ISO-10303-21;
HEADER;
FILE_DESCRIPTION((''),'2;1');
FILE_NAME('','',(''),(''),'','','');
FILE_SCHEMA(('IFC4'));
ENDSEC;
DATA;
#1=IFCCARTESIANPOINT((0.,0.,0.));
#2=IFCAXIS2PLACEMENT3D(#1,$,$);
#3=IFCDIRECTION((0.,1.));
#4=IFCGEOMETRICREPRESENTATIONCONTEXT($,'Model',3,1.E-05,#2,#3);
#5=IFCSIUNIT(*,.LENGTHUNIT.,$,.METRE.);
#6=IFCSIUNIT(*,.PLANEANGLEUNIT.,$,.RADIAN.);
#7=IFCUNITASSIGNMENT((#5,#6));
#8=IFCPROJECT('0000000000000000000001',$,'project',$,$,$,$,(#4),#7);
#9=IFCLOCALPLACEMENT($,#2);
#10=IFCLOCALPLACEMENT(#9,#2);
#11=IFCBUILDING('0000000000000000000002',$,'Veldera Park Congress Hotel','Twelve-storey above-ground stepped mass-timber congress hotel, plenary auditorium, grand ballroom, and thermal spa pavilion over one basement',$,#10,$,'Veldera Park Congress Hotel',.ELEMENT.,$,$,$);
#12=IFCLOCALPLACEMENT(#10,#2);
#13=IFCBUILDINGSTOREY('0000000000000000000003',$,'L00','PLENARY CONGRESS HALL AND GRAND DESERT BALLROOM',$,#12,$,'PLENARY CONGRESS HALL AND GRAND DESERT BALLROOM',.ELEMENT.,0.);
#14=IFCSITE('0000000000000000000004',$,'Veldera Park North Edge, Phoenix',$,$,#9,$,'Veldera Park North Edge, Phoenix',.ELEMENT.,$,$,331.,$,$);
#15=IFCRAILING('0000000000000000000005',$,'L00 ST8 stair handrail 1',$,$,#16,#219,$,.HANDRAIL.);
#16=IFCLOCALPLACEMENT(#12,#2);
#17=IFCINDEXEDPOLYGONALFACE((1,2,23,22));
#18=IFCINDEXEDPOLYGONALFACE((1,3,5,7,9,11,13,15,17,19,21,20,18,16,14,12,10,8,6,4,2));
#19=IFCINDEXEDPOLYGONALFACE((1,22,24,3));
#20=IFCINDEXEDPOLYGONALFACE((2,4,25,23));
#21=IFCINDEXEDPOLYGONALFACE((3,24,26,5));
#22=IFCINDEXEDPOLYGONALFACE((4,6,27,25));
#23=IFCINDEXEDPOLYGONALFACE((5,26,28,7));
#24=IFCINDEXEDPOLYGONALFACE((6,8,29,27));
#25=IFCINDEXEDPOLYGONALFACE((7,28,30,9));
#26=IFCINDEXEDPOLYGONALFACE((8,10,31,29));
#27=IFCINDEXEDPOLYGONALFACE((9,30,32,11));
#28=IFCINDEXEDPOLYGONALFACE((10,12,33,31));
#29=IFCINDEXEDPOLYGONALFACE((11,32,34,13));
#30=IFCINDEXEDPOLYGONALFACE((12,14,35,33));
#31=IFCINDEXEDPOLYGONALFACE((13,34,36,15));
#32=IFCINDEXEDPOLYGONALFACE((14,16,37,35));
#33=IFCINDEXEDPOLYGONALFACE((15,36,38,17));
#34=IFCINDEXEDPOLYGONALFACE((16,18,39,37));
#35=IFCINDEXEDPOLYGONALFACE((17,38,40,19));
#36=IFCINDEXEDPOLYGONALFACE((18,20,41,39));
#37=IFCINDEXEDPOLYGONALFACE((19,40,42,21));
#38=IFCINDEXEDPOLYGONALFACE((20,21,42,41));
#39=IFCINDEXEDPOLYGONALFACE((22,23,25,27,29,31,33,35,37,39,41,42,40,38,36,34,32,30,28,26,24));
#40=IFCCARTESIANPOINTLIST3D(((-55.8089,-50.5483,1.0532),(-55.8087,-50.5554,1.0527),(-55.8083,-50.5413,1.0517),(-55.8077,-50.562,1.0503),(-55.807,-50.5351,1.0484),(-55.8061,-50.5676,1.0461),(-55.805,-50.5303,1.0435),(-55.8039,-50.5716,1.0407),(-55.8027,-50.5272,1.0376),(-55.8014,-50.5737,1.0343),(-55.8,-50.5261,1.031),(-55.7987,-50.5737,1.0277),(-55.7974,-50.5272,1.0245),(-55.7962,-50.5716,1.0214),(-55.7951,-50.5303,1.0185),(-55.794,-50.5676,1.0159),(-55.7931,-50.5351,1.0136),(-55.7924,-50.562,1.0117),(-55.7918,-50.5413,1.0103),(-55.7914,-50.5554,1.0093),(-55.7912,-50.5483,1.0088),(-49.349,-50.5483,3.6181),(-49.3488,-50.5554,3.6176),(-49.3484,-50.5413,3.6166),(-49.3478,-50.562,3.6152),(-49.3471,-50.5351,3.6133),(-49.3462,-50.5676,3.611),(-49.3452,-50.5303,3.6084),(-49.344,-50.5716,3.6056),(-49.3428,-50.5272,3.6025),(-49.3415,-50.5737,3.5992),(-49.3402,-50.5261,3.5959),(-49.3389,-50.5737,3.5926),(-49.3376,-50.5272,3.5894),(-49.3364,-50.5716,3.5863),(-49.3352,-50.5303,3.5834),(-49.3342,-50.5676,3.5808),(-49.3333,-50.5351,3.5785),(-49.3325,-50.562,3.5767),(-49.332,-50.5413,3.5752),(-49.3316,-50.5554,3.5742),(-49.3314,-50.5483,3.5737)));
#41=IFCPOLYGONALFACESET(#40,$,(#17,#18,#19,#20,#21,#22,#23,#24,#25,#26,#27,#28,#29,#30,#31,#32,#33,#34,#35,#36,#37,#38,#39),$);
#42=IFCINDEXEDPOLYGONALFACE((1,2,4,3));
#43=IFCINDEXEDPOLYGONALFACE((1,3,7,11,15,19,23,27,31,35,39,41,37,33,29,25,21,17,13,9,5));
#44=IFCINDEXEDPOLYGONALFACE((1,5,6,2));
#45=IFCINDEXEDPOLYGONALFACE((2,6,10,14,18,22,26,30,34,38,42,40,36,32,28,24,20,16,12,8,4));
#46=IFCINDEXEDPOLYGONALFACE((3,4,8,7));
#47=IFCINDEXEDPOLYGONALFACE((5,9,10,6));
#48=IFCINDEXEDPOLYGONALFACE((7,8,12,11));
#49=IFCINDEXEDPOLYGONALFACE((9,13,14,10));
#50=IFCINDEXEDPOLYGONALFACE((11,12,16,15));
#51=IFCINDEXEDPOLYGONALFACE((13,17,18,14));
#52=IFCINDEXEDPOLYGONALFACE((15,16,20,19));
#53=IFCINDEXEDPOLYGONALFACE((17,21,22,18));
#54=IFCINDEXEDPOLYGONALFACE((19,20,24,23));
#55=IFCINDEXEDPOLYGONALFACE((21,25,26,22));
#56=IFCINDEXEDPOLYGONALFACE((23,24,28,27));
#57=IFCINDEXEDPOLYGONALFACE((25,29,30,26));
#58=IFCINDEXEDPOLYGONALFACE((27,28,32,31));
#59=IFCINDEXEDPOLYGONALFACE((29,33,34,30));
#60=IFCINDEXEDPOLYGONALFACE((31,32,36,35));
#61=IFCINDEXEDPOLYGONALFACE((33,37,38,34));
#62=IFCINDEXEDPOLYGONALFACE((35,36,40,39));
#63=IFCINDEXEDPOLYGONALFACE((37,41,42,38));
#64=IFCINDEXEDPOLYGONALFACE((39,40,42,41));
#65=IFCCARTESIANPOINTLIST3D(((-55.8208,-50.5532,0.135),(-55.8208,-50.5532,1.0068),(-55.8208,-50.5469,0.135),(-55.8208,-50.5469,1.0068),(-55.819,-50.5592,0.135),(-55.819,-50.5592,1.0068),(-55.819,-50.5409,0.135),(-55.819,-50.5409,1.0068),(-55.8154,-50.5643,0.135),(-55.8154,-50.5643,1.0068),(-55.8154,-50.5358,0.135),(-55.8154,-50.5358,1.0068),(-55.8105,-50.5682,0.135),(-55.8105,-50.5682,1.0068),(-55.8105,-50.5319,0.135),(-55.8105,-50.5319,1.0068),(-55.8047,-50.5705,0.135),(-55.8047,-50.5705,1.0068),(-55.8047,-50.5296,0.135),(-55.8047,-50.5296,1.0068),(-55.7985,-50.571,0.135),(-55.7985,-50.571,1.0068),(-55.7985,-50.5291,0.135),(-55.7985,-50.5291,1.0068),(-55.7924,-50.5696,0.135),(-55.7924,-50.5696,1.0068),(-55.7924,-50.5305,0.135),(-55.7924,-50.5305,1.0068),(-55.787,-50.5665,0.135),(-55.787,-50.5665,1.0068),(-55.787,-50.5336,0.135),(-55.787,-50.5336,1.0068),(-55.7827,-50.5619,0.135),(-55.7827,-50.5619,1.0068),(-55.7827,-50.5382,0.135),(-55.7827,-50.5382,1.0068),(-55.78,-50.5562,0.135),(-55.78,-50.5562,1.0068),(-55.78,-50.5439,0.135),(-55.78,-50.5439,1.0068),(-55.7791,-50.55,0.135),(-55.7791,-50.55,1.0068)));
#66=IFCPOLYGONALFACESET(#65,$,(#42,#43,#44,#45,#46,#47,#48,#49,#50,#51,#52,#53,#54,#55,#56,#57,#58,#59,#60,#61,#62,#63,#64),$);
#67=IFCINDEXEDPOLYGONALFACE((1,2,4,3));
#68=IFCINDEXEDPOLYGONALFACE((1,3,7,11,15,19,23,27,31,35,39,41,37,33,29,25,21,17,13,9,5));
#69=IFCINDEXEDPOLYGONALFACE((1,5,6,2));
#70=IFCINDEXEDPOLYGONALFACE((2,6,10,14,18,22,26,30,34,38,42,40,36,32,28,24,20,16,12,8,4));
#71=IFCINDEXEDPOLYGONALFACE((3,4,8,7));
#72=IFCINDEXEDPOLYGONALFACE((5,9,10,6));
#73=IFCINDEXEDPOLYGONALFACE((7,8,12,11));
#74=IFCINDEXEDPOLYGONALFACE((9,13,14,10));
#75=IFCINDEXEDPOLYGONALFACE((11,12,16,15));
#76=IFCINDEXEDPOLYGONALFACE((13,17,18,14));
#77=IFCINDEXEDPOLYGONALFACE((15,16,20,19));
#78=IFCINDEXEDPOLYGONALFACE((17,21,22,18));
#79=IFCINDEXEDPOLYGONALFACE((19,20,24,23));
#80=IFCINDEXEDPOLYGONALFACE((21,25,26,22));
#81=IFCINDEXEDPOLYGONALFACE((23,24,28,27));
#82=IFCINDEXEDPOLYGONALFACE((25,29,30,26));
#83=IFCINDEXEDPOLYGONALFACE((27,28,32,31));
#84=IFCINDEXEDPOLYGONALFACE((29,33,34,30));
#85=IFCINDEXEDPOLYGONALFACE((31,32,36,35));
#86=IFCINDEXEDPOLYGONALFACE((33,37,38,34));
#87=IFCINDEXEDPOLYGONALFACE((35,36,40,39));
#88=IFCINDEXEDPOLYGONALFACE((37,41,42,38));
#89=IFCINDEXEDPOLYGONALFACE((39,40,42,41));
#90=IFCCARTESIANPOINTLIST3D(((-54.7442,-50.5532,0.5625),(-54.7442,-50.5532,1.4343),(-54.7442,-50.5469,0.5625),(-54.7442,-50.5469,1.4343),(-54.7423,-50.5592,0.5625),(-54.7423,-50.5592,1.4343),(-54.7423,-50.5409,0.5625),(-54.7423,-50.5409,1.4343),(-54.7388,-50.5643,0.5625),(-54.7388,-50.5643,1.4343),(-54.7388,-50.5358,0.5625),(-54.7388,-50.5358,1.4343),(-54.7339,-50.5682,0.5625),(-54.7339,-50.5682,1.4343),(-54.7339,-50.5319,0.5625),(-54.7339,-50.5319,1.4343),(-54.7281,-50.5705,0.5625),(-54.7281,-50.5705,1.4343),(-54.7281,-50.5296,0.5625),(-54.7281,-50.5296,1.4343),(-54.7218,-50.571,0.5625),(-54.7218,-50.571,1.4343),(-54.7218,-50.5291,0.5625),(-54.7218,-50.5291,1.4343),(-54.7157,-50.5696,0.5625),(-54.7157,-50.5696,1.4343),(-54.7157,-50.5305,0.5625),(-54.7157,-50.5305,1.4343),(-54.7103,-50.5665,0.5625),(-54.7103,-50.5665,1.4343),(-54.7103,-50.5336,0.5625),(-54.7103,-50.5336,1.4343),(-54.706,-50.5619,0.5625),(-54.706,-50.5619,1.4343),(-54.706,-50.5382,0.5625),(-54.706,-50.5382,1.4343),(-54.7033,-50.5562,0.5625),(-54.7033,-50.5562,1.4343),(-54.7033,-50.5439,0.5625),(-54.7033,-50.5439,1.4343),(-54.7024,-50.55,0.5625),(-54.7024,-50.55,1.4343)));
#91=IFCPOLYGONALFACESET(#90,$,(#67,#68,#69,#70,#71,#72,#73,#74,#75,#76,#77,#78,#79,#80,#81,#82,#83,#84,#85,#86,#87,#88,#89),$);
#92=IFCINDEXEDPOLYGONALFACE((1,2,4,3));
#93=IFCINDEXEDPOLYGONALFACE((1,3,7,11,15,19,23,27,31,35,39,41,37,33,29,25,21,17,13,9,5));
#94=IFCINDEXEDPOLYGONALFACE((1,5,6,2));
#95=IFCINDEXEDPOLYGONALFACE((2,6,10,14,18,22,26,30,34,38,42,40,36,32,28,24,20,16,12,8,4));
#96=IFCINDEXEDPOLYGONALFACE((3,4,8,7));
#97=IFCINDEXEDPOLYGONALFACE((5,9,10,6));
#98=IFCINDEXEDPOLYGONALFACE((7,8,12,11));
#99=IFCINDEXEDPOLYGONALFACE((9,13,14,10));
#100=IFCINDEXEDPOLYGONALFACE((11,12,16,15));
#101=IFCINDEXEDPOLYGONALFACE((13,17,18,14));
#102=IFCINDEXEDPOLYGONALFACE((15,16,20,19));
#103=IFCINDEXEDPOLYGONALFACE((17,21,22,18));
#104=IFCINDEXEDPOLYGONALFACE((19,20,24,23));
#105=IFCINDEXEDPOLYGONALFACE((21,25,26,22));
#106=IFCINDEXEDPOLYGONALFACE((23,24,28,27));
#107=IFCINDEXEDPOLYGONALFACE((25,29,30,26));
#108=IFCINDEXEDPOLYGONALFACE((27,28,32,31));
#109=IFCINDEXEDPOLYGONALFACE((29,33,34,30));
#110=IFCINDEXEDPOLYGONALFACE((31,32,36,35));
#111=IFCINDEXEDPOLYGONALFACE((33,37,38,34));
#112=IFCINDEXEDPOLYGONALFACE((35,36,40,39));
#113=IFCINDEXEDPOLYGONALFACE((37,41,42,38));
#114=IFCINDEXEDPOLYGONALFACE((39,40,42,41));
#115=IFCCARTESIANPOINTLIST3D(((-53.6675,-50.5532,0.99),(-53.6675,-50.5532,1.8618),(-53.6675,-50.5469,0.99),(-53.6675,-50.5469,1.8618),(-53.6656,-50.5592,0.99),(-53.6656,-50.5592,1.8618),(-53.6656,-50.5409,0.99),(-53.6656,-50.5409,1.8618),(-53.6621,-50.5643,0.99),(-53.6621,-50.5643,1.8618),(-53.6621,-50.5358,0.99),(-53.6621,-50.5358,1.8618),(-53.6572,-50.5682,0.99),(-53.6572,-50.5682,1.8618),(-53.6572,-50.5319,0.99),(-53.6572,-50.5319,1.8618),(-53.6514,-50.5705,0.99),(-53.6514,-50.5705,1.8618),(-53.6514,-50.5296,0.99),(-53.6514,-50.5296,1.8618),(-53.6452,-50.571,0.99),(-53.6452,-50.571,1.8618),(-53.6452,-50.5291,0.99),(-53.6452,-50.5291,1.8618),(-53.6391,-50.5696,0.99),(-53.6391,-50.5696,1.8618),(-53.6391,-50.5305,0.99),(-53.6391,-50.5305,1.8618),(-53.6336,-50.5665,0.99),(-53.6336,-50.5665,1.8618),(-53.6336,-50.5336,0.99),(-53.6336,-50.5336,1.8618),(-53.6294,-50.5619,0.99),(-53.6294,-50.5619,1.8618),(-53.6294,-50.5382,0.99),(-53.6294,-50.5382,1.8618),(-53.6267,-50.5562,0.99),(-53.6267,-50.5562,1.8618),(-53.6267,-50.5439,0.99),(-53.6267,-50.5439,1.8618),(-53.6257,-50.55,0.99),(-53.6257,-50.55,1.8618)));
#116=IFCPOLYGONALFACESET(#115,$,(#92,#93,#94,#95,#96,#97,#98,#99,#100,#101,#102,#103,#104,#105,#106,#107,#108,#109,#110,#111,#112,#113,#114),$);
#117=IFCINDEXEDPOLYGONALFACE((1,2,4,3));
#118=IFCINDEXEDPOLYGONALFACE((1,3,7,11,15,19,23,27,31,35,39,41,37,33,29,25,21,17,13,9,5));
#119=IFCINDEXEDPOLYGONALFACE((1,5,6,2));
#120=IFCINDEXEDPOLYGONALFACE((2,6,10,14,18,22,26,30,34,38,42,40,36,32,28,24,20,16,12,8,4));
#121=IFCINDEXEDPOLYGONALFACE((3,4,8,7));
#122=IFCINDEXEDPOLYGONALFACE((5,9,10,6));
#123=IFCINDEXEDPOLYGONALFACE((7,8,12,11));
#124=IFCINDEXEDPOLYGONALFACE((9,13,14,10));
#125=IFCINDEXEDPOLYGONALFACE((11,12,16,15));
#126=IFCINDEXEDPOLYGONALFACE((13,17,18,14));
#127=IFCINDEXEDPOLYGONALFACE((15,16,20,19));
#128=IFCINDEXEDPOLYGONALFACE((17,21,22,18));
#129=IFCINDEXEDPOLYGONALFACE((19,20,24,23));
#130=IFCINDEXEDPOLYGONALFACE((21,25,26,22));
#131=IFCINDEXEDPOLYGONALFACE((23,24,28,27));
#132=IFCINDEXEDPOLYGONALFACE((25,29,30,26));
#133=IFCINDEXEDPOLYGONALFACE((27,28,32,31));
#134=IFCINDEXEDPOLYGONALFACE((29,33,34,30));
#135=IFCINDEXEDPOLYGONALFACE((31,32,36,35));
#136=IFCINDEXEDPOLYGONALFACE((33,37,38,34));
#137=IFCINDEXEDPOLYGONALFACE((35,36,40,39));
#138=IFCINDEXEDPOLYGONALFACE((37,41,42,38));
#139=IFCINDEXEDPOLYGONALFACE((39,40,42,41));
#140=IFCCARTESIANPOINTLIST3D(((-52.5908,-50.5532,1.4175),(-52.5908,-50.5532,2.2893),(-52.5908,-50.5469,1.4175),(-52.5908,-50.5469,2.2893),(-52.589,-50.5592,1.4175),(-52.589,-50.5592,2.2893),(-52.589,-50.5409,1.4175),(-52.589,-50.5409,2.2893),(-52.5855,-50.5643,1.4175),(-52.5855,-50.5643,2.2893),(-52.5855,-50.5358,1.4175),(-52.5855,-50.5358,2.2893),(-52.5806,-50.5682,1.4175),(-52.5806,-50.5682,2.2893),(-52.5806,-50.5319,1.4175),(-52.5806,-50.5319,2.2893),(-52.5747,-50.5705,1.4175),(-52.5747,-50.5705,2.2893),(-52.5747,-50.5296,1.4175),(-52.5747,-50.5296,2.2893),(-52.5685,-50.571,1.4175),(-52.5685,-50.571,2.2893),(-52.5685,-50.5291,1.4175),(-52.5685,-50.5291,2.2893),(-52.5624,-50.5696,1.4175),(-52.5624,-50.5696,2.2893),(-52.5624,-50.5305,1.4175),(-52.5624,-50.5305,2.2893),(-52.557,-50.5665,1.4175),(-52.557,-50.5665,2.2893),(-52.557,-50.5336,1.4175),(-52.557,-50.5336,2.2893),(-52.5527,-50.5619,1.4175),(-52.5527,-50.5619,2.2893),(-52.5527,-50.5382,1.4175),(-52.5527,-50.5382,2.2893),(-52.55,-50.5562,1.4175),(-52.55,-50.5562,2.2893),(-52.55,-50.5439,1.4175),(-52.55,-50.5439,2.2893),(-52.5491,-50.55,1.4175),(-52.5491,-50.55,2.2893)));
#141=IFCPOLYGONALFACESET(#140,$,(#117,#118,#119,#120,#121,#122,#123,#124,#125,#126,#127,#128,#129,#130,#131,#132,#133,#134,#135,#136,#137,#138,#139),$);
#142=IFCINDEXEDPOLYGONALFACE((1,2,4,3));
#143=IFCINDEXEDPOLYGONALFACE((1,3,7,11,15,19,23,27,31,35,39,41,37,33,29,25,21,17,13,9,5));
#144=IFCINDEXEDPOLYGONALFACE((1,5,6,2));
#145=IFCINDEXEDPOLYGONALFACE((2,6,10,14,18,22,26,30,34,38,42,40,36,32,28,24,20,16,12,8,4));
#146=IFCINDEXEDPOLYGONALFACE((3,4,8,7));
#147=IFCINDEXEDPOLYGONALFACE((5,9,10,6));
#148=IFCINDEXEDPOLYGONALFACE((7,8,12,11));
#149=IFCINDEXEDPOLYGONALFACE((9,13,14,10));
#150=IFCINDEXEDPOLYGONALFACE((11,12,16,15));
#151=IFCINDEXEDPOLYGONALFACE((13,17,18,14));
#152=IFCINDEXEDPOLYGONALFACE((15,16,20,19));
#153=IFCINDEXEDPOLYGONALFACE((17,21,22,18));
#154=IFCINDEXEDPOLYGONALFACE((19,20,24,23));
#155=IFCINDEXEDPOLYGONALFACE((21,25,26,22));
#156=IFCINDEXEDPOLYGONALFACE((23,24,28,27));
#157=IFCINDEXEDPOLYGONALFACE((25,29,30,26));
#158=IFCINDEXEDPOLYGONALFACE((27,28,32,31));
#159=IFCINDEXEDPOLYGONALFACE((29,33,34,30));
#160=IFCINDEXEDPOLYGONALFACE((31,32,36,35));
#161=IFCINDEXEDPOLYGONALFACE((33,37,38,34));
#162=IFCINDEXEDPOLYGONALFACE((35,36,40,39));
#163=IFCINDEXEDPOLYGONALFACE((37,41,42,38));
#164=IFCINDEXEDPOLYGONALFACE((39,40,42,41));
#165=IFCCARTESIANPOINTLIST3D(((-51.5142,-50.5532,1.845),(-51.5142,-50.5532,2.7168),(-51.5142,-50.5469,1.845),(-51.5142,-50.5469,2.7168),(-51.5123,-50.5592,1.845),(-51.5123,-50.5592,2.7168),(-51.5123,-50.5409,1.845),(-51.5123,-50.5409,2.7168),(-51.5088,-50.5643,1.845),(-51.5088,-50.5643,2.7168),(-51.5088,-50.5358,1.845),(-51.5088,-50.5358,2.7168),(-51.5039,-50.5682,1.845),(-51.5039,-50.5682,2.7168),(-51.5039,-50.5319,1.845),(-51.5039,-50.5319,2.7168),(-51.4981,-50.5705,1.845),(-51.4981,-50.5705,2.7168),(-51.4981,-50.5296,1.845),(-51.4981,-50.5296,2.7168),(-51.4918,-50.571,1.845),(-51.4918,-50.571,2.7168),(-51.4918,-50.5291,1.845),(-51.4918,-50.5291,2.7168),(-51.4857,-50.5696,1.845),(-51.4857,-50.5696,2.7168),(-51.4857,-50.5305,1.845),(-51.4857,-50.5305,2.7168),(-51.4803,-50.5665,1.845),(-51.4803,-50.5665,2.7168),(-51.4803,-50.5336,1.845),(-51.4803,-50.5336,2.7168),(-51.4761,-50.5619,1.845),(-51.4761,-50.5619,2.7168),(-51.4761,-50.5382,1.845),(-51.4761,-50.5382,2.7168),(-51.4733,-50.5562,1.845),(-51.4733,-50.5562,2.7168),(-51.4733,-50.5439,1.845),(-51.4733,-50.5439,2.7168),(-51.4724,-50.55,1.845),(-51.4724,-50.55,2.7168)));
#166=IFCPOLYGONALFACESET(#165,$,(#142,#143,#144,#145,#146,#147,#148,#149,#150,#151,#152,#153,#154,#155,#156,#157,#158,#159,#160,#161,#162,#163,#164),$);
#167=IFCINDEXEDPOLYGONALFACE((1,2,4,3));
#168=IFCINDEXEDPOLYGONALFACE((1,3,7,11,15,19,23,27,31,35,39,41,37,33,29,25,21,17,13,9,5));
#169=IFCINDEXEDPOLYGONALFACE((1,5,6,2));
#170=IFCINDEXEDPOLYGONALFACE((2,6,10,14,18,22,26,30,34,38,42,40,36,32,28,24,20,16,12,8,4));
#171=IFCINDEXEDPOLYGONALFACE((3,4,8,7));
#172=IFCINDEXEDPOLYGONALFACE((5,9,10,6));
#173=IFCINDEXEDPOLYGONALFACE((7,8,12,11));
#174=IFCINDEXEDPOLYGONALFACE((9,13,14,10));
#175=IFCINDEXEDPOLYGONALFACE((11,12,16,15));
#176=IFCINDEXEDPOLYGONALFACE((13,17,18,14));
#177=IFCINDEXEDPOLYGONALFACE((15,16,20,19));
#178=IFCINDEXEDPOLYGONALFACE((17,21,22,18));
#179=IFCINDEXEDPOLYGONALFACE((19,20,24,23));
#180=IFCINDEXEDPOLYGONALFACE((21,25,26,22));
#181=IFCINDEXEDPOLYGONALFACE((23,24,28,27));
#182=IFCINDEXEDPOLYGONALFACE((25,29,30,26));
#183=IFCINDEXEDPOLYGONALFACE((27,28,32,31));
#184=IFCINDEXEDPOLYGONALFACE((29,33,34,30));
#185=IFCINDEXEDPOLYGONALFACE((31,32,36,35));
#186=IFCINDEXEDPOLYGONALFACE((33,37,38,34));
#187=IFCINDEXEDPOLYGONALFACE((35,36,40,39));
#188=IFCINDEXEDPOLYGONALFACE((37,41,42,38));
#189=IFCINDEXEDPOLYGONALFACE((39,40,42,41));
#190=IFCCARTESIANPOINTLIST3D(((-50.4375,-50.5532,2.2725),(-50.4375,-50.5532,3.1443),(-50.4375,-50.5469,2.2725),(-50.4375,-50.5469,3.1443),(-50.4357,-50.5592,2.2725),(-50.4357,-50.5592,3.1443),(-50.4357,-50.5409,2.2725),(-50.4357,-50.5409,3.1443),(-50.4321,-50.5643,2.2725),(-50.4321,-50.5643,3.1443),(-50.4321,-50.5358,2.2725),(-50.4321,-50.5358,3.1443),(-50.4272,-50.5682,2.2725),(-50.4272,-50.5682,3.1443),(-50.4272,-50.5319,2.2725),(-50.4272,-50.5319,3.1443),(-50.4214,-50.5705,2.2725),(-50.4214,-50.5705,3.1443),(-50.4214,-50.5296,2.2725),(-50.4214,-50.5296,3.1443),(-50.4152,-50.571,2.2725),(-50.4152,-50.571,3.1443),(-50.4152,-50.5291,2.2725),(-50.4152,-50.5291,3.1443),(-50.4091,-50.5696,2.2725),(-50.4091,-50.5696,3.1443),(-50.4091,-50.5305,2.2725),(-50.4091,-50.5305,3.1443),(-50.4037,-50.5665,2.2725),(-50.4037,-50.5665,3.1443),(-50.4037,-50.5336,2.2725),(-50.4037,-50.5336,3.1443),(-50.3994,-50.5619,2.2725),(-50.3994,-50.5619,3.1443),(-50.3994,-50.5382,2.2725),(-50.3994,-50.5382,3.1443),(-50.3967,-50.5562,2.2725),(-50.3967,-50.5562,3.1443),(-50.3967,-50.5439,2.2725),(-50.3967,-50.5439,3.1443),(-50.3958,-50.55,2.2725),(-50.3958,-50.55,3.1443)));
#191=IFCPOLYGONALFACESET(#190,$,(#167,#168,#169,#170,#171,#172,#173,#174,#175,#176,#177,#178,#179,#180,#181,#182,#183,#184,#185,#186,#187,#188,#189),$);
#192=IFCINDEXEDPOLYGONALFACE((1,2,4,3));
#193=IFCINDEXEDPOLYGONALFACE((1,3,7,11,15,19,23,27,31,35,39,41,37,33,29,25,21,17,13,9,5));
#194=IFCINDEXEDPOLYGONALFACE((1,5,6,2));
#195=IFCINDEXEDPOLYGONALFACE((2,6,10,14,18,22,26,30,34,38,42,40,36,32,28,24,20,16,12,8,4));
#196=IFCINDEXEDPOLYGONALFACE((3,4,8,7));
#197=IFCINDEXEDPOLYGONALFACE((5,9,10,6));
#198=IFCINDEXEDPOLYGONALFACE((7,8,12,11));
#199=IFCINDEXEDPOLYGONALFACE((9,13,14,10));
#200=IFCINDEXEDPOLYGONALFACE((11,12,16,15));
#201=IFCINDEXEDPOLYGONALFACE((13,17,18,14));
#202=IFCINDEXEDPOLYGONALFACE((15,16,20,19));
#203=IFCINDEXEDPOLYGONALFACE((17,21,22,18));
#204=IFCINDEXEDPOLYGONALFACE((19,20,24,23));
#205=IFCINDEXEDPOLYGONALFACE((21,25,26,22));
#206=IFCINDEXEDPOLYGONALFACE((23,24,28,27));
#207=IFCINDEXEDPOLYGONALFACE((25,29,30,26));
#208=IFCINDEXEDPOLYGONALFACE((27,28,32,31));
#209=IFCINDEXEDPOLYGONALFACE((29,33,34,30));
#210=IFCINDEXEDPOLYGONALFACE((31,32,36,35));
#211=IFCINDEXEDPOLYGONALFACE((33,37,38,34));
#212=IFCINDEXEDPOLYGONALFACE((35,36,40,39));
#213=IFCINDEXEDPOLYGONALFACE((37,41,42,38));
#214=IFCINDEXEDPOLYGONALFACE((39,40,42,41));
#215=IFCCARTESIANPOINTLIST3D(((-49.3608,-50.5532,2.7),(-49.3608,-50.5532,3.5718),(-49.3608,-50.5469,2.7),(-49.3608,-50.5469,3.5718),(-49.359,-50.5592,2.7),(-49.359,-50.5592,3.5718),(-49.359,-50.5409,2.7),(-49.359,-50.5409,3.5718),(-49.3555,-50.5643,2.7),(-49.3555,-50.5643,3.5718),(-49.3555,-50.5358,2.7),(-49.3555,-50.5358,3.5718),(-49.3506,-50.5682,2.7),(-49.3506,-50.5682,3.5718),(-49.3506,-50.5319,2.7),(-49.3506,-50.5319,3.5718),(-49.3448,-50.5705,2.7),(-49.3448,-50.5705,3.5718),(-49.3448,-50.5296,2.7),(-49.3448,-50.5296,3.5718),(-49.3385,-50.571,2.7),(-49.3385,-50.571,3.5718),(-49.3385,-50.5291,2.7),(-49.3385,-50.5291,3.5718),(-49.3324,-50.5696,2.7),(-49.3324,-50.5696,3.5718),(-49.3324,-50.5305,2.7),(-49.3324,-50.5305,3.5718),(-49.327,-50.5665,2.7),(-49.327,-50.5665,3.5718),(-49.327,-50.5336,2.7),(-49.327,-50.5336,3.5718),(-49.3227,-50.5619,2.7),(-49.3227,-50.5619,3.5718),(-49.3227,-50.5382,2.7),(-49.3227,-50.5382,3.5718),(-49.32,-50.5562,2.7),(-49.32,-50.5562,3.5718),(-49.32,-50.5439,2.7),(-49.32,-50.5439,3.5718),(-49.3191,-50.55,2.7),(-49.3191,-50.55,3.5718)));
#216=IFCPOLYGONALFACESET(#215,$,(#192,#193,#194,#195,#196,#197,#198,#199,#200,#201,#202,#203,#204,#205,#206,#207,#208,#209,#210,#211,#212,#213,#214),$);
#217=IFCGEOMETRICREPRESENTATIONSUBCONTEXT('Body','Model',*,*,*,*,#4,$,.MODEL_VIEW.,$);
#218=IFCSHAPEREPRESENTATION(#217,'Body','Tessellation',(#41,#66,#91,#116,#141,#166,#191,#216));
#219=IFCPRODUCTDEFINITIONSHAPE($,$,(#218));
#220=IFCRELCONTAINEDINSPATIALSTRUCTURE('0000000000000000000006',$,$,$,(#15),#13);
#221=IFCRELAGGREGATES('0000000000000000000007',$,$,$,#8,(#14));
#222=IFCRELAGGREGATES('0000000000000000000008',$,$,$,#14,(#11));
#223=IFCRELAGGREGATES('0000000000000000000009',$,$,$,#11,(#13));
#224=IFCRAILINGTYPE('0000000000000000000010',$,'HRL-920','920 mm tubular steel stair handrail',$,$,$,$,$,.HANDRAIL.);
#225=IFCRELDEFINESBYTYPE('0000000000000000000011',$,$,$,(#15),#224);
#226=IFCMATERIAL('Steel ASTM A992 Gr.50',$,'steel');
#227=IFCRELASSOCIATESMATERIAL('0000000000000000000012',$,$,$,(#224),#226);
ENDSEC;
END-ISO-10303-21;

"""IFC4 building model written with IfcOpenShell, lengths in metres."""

from ifc_helpers import new_model, si_unit, direction, frame, origin, origin_2d, place, context, subcontext, project, spatial, circle, extrude, material, type_object, element, save


model = new_model("IFC4")

# Units and contexts
model_context = context("Model", 3, precision=1e-05, world=origin(), true_north=direction((0.0, 1.0)))
body_context = subcontext(model_context, "Body", "Model", "MODEL_VIEW")
ifc_project = project(units=[si_unit("LENGTHUNIT", "METRE"), si_unit("PLANEANGLEUNIT", "RADIAN")], contexts=[model_context])

# Site, building, storey
site_placement = place(None, origin())
site = spatial("IfcSite", under=ifc_project, at=site_placement, Name="Veldera Park North Edge, Phoenix", LongName="Veldera Park North Edge, Phoenix", CompositionType="ELEMENT", RefElevation=331.0)
building_placement = place(site_placement, origin())
building = spatial("IfcBuilding", under=site, at=building_placement, Name="Veldera Park Congress Hotel", Description="Twelve-storey above-ground stepped mass-timber congress hotel, plenary auditorium, grand ballroom, and thermal spa pavilion over one basement", LongName="Veldera Park Congress Hotel", CompositionType="ELEMENT")
storey_placement = place(building_placement, origin())
storey = spatial("IfcBuildingStorey", under=building, at=storey_placement, Name="L00", Description="PLENARY CONGRESS HALL AND GRAND DESERT BALLROOM", LongName="PLENARY CONGRESS HALL AND GRAND DESERT BALLROOM", CompositionType="ELEMENT", Elevation=0.0)

# Railing
ifc_material_1 = material(Name="Steel ASTM A992 Gr.50", Category="steel")
railing_type_1 = type_object("IfcRailingType", Name="HRL-920", Description="920 mm tubular steel stair handrail", PredefinedType="HANDRAIL", material=ifc_material_1)
railing_1_placement = place(storey_placement, frame((-55.8, -50.55, 0.135)))
element("IfcRailing", 1, at=railing_1_placement, inside=storey, type_object=railing_type_1, Name="L00 ST8 stair handrail 1", PredefinedType="HANDRAIL", context=body_context, shape_type="SweptSolid", body=[
    extrude(circle(Radius=0.0239, at=origin_2d()), frame((0.0, 0.0, 0.896), z_axis=(0.929418, 0.0, 0.369028), x_axis=(0.0, 1.0, 0.0)), (0.0, 0.0, 1.0), 6.9504),
    extrude(circle(Radius=0.021, at=origin_2d()), origin(), (0.0, 0.0, 1.0), 0.8718),
    extrude(circle(Radius=0.021, at=origin_2d()), frame((1.0767, 0.0, 0.4275)), (0.0, 0.0, 1.0), 0.8718),
    extrude(circle(Radius=0.021, at=origin_2d()), frame((2.1533, 0.0, 0.855)), (0.0, 0.0, 1.0), 0.8718),
    extrude(circle(Radius=0.021, at=origin_2d()), frame((3.23, 0.0, 1.2825)), (0.0, 0.0, 1.0), 0.8718),
    extrude(circle(Radius=0.021, at=origin_2d()), frame((4.3066, 0.0, 1.71)), (0.0, 0.0, 1.0), 0.8718),
    extrude(circle(Radius=0.021, at=origin_2d()), frame((5.3833, 0.0, 2.1375)), (0.0, 0.0, 1.0), 0.8718),
    extrude(circle(Radius=0.021, at=origin_2d()), frame((6.46, 0.0, 2.5649)), (0.0, 0.0, 1.0), 0.8718),
])

save(model, "model.ifc")
